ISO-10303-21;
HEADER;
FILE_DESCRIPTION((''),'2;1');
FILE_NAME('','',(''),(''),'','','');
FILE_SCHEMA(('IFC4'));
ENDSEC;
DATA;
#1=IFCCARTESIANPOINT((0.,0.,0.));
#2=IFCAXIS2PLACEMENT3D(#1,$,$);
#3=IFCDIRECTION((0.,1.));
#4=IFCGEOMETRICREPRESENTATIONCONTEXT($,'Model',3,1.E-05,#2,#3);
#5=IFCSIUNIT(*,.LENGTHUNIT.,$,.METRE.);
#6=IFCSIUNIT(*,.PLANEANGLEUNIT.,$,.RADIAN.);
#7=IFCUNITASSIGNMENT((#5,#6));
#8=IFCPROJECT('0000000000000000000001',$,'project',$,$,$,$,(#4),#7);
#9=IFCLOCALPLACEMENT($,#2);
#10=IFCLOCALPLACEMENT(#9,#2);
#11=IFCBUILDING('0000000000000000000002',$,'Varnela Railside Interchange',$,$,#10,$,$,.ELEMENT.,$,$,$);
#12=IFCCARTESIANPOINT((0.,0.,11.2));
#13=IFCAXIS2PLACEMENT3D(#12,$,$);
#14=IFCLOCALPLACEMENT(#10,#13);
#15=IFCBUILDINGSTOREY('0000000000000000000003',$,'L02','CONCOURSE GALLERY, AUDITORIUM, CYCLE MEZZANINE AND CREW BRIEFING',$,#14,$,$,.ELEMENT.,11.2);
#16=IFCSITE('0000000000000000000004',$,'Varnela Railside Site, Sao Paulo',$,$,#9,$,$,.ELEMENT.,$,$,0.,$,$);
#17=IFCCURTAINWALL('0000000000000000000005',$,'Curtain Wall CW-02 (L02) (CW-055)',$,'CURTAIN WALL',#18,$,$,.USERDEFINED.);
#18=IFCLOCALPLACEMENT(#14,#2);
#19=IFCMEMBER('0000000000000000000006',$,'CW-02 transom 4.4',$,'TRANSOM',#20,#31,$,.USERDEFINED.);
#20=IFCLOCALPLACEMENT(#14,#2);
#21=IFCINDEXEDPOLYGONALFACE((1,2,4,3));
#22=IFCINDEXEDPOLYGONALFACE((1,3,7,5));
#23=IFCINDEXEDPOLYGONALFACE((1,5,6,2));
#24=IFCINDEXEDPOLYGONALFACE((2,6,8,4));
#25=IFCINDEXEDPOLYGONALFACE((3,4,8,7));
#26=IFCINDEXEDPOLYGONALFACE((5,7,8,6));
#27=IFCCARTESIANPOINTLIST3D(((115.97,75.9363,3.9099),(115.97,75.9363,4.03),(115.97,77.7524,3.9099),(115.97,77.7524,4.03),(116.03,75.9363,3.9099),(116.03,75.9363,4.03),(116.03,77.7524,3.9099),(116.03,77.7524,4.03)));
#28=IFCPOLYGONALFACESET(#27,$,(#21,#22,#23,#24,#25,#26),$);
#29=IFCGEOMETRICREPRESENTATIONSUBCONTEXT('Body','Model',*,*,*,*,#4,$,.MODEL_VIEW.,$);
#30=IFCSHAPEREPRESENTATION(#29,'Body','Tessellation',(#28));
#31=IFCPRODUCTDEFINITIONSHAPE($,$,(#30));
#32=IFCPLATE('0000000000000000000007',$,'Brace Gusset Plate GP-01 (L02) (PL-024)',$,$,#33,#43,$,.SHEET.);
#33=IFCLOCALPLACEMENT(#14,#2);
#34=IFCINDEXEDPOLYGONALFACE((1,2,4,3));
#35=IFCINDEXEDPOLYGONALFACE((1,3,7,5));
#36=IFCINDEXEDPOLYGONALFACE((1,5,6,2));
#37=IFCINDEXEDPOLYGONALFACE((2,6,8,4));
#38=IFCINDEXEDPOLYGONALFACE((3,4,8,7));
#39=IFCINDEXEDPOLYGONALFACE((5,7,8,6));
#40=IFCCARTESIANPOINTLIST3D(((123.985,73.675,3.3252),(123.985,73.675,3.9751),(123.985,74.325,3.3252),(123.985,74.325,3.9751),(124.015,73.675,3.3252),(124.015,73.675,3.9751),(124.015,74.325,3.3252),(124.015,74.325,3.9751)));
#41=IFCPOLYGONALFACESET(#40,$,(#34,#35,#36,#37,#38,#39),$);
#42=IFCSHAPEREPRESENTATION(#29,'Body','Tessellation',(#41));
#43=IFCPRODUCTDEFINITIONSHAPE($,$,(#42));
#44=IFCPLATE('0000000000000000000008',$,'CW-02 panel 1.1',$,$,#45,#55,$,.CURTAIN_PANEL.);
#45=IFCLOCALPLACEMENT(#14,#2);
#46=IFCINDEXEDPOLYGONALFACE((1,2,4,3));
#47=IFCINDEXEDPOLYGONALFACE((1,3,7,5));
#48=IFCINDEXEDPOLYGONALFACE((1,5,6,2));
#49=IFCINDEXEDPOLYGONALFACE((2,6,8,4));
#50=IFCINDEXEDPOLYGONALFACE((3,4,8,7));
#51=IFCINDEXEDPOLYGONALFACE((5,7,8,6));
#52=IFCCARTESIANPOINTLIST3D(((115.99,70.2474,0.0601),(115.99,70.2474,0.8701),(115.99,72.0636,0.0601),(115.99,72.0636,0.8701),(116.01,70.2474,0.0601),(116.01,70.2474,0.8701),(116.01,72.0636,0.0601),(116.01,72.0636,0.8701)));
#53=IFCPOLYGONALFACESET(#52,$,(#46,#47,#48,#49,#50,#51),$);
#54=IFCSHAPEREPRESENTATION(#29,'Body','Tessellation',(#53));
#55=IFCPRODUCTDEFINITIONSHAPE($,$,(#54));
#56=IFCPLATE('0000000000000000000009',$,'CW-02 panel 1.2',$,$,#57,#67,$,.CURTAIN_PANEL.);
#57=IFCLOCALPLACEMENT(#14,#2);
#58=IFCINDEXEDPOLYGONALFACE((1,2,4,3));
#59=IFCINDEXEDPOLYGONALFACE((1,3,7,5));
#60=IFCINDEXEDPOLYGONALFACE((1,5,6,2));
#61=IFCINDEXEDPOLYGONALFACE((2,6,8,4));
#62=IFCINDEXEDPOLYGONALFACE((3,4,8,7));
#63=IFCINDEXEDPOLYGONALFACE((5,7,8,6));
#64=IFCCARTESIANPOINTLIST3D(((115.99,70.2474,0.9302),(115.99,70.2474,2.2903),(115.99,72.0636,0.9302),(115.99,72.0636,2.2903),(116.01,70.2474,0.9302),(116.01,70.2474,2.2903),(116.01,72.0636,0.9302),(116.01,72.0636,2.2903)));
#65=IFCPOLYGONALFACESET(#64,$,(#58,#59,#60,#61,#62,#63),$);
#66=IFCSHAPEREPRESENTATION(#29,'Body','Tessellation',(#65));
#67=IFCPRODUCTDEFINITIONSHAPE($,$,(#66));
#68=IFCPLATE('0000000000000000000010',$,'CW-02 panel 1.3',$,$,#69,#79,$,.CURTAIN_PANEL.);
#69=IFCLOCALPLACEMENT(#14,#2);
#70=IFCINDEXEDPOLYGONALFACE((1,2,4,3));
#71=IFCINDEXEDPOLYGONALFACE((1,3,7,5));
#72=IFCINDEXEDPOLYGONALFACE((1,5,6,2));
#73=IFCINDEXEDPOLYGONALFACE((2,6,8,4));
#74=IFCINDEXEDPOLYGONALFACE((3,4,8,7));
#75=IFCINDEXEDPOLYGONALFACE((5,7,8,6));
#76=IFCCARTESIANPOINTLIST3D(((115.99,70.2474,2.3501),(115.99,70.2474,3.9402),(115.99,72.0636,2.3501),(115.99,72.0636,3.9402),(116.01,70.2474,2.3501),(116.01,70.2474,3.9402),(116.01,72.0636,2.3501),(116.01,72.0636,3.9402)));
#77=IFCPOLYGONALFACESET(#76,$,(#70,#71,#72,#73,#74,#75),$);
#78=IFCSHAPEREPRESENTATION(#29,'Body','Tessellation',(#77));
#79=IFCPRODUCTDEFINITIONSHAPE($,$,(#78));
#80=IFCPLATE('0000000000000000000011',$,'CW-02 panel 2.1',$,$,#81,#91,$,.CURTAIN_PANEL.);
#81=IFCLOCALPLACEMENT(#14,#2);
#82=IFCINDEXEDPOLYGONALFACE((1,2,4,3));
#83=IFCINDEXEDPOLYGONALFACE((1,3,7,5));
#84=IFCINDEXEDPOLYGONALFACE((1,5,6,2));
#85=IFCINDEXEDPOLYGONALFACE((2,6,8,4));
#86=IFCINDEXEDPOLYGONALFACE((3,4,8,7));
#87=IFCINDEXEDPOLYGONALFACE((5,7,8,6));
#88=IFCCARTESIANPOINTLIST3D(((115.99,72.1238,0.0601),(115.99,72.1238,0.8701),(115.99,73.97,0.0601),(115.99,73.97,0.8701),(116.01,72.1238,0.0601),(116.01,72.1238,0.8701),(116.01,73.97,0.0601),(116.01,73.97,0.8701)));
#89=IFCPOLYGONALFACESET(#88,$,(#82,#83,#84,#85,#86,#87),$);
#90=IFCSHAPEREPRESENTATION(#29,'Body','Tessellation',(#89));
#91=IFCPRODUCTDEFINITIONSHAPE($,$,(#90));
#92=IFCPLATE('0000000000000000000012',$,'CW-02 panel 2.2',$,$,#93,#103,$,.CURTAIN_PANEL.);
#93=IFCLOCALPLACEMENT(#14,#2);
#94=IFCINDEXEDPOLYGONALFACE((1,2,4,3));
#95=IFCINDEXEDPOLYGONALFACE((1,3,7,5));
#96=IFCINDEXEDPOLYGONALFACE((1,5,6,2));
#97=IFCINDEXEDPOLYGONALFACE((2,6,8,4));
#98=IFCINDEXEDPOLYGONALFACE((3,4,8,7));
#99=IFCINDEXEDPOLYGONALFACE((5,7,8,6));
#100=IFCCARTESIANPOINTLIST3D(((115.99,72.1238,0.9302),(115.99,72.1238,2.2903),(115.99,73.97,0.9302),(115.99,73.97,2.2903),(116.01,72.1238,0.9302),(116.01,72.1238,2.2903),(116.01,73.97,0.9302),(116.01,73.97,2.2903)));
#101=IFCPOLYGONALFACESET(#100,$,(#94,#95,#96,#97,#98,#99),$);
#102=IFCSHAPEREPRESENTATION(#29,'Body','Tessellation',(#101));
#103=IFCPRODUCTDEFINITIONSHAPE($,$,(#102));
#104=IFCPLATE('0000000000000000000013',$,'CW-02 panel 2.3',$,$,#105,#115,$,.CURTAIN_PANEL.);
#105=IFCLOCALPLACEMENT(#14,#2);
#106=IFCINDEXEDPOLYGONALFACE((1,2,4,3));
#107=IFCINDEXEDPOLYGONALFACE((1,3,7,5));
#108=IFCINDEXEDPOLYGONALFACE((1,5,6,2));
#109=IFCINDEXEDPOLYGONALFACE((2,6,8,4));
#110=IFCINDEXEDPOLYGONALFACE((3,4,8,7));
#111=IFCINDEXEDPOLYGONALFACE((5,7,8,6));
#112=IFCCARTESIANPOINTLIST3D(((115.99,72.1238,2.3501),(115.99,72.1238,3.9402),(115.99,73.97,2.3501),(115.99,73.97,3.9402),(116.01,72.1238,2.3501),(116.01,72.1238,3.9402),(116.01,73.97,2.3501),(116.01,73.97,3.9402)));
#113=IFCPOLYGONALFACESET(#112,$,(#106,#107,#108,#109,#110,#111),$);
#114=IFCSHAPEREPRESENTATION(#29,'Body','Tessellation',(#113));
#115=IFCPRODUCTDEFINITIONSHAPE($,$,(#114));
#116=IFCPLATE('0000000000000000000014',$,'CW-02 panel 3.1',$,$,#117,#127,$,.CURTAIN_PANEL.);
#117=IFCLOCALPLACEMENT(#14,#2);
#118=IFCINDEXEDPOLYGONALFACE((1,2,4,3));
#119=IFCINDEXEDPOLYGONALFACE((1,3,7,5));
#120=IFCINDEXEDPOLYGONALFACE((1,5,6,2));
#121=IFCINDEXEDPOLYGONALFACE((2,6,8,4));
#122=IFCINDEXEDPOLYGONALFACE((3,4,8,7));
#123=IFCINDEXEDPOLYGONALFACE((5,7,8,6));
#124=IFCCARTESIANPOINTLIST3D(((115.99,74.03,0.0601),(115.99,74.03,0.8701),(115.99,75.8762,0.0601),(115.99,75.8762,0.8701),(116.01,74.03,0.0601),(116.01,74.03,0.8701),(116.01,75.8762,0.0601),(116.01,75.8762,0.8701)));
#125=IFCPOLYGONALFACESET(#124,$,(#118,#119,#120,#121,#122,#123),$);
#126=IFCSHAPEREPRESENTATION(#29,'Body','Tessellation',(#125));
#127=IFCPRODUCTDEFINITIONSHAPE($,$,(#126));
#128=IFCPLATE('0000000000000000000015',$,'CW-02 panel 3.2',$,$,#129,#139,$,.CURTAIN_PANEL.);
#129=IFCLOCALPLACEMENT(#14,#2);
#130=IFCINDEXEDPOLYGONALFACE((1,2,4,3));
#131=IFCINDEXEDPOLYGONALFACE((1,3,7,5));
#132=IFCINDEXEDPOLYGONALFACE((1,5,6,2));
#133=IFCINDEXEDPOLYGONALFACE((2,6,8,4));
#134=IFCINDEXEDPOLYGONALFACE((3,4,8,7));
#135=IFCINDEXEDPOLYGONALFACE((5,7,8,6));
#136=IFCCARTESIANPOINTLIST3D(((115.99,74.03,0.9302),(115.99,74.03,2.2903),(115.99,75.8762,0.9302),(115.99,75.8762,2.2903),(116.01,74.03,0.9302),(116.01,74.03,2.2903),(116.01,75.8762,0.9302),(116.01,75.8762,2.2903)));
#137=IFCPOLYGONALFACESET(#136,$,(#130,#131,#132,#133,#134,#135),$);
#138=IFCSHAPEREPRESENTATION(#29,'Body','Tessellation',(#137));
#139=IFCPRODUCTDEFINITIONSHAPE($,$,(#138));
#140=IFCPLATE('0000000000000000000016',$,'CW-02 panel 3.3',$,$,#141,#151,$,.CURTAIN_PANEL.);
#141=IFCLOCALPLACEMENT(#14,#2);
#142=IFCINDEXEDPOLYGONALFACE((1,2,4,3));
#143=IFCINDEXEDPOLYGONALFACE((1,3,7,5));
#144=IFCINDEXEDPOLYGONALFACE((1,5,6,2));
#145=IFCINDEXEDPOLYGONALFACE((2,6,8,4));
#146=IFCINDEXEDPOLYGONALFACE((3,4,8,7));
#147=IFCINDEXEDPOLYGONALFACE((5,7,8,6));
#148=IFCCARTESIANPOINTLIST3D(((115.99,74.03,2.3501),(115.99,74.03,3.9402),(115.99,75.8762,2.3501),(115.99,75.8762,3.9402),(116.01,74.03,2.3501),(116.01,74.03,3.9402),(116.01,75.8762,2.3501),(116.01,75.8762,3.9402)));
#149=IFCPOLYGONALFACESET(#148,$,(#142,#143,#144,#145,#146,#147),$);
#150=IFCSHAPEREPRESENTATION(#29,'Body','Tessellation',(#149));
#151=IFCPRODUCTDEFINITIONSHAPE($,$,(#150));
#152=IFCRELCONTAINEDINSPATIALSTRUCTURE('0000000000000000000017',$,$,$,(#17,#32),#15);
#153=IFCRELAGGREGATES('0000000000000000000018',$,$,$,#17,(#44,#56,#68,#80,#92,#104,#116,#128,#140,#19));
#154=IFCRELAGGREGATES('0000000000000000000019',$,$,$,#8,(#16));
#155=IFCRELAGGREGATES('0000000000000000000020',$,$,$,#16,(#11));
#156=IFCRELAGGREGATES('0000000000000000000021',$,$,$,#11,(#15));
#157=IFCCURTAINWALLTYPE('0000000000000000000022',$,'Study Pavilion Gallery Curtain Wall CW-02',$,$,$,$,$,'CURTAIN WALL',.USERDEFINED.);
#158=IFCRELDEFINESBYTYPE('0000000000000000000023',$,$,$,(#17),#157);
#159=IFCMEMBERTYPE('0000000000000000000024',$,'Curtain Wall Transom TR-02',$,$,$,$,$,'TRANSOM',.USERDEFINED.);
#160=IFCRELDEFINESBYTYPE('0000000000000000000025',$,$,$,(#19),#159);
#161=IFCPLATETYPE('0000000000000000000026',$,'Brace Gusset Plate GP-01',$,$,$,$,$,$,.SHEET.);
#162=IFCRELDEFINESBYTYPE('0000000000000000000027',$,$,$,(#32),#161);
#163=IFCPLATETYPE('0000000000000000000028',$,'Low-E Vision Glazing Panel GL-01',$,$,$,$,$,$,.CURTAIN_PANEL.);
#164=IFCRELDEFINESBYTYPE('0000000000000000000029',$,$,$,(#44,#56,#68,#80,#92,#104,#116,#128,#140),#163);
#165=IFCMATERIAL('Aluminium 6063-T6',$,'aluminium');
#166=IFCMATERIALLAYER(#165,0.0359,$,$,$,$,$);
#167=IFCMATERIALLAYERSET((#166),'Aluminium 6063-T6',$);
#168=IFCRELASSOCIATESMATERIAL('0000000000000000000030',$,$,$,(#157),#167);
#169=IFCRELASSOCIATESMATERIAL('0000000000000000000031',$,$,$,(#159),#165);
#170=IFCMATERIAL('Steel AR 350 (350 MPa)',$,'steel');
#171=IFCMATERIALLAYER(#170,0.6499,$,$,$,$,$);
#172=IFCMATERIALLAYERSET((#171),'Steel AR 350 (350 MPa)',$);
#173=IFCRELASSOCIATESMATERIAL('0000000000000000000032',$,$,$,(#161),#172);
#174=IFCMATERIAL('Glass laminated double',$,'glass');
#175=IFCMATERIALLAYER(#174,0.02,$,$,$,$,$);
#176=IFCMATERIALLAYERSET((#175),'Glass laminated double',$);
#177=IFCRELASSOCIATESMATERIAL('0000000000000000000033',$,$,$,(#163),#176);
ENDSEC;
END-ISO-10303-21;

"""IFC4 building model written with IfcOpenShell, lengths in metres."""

from ifc_helpers import new_model, si_unit, direction, frame, origin, origin_2d, place, context, subcontext, project, spatial, rectangle, extrude, material, layer, layer_set, material_profile, profile_set, type_object, element, aggregate, save


model = new_model("IFC4")

# Units and contexts
model_context = context("Model", 3, precision=1e-05, world=origin(), true_north=direction((0.0, 1.0)))
body_context = subcontext(model_context, "Body", "Model", "MODEL_VIEW")
ifc_project = project(units=[si_unit("LENGTHUNIT", "METRE"), si_unit("PLANEANGLEUNIT", "RADIAN")], contexts=[model_context])

# Site, building, storey
site_placement = place(None, origin())
site = spatial("IfcSite", under=ifc_project, at=site_placement, Name="Varnela Railside Site, Sao Paulo", CompositionType="ELEMENT", RefElevation=0.0)
building_placement = place(site_placement, origin())
building = spatial("IfcBuilding", under=site, at=building_placement, Name="Varnela Railside Interchange", CompositionType="ELEMENT")
storey_placement = place(building_placement, frame((0.0, 0.0, 11.2)))
storey = spatial("IfcBuildingStorey", under=building, at=storey_placement, Name="L02", Description="CONCOURSE GALLERY, AUDITORIUM, CYCLE MEZZANINE AND CREW BRIEFING", CompositionType="ELEMENT", Elevation=11.2)

# Curtain wall, member
ifc_material_1 = material(Name="Aluminium 6063-T6", Category="aluminium")
ifc_layer_1 = layer(ifc_material_1, 0.0359)
ifc_layer_set_1 = layer_set([ifc_layer_1], Name="Aluminium 6063-T6")
curtain_wall_type = type_object("IfcCurtainWallType", Name="Study Pavilion Gallery Curtain Wall CW-02", ElementType="CURTAIN WALL", PredefinedType="USERDEFINED", material=ifc_layer_set_1)
curtain_wall_placement = place(storey_placement, origin())
curtain_wall = element("IfcCurtainWall", 1, at=curtain_wall_placement, inside=storey, type_object=curtain_wall_type, Name="Curtain Wall CW-02 (L02) (CW-055)", ObjectType="CURTAIN WALL", PredefinedType="USERDEFINED")
ifc_material_profile_1 = material_profile(ifc_material_1, rectangle(XDim=0.0601, YDim=0.1201, at=origin_2d()), Name="ALU 60x120")
ifc_profile_set_1 = profile_set([ifc_material_profile_1], Name="Aluminium 6063-T6")
member_type_1 = type_object("IfcMemberType", Name="Curtain Wall Transom TR-02", ElementType="TRANSOM", PredefinedType="USERDEFINED", material=ifc_profile_set_1)
member_1_placement = place(storey_placement, frame((116.0, 75.9363, 3.97), z_axis=(0.0, 1.0, 0.0), x_axis=(-1.0, 0.0, 0.0)))
member_1 = element("IfcMember", 2, at=member_1_placement, type_object=member_type_1, Name="CW-02 transom 4.4", ObjectType="TRANSOM", PredefinedType="USERDEFINED", context=body_context, shape_type="SweptSolid", body=[
    extrude(rectangle(XDim=0.0601, YDim=0.1201, at=origin_2d()), origin(), (0.0, 0.0, 1.0), 1.8162),
])

# Plates
ifc_material_2 = material(Name="Steel AR 350 (350 MPa)", Category="steel")
ifc_layer_2 = layer(ifc_material_2, 0.6499)
ifc_layer_set_2 = layer_set([ifc_layer_2], Name="Steel AR 350 (350 MPa)")
plate_type_1 = type_object("IfcPlateType", Name="Brace Gusset Plate GP-01", PredefinedType="SHEET", material=ifc_layer_set_2)
plate_1_placement = place(storey_placement, frame((124.0, 74.0, 3.3252), z_axis=(0.0, 0.0, 1.0), x_axis=(0.0, 1.0, 0.0)))
element("IfcPlate", 3, at=plate_1_placement, inside=storey, type_object=plate_type_1, Name="Brace Gusset Plate GP-01 (L02) (PL-024)", PredefinedType="SHEET", context=body_context, shape_type="SweptSolid", body=[
    extrude(rectangle(XDim=0.6499, YDim=0.03, at=origin_2d()), origin(), (0.0, 0.0, 1.0), 0.6499),
])
ifc_material_3 = material(Name="Glass laminated double", Category="glass")
ifc_layer_3 = layer(ifc_material_3, 0.02)
ifc_layer_set_3 = layer_set([ifc_layer_3], Name="Glass laminated double")
plate_type_2 = type_object("IfcPlateType", Name="Low-E Vision Glazing Panel GL-01", PredefinedType="CURTAIN_PANEL", material=ifc_layer_set_3)
plate_2_placement = place(storey_placement, frame((116.0, 71.1555, 0.0601), z_axis=(0.0, 0.0, 1.0), x_axis=(0.0, 1.0, 0.0)))
plate_2 = element("IfcPlate", 4, at=plate_2_placement, type_object=plate_type_2, Name="CW-02 panel 1.1", PredefinedType="CURTAIN_PANEL", context=body_context, shape_type="SweptSolid", body=[
    extrude(rectangle(XDim=1.8162, YDim=0.02, at=origin_2d()), origin(), (0.0, 0.0, 1.0), 0.8101),
])
plate_3_placement = place(storey_placement, frame((116.0, 71.1555, 0.9302), z_axis=(0.0, 0.0, 1.0), x_axis=(0.0, 1.0, 0.0)))
plate_3 = element("IfcPlate", 5, at=plate_3_placement, type_object=plate_type_2, Name="CW-02 panel 1.2", PredefinedType="CURTAIN_PANEL", context=body_context, shape_type="SweptSolid", body=[
    extrude(rectangle(XDim=1.8162, YDim=0.02, at=origin_2d()), origin(), (0.0, 0.0, 1.0), 1.3601),
])
plate_4_placement = place(storey_placement, frame((116.0, 71.1555, 2.3501), z_axis=(0.0, 0.0, 1.0), x_axis=(0.0, 1.0, 0.0)))
plate_4 = element("IfcPlate", 6, at=plate_4_placement, type_object=plate_type_2, Name="CW-02 panel 1.3", PredefinedType="CURTAIN_PANEL", context=body_context, shape_type="SweptSolid", body=[
    extrude(rectangle(XDim=1.8162, YDim=0.02, at=origin_2d()), origin(), (0.0, 0.0, 1.0), 1.5901),
])
plate_5_placement = place(storey_placement, frame((116.0, 73.0469, 0.0601), z_axis=(0.0, 0.0, 1.0), x_axis=(0.0, 1.0, 0.0)))
plate_5 = element("IfcPlate", 7, at=plate_5_placement, type_object=plate_type_2, Name="CW-02 panel 2.1", PredefinedType="CURTAIN_PANEL", context=body_context, shape_type="SweptSolid", body=[
    extrude(rectangle(XDim=1.8462, YDim=0.02, at=origin_2d()), origin(), (0.0, 0.0, 1.0), 0.8101),
])
plate_6_placement = place(storey_placement, frame((116.0, 73.0469, 0.9302), z_axis=(0.0, 0.0, 1.0), x_axis=(0.0, 1.0, 0.0)))
plate_6 = element("IfcPlate", 8, at=plate_6_placement, type_object=plate_type_2, Name="CW-02 panel 2.2", PredefinedType="CURTAIN_PANEL", context=body_context, shape_type="SweptSolid", body=[
    extrude(rectangle(XDim=1.8462, YDim=0.02, at=origin_2d()), origin(), (0.0, 0.0, 1.0), 1.3601),
])
plate_7_placement = place(storey_placement, frame((116.0, 73.0469, 2.3501), z_axis=(0.0, 0.0, 1.0), x_axis=(0.0, 1.0, 0.0)))
plate_7 = element("IfcPlate", 9, at=plate_7_placement, type_object=plate_type_2, Name="CW-02 panel 2.3", PredefinedType="CURTAIN_PANEL", context=body_context, shape_type="SweptSolid", body=[
    extrude(rectangle(XDim=1.8462, YDim=0.02, at=origin_2d()), origin(), (0.0, 0.0, 1.0), 1.5901),
])
plate_8_placement = place(storey_placement, frame((116.0, 74.9531, 0.0601), z_axis=(0.0, 0.0, 1.0), x_axis=(0.0, 1.0, 0.0)))
plate_8 = element("IfcPlate", 10, at=plate_8_placement, type_object=plate_type_2, Name="CW-02 panel 3.1", PredefinedType="CURTAIN_PANEL", context=body_context, shape_type="SweptSolid", body=[
    extrude(rectangle(XDim=1.8462, YDim=0.02, at=origin_2d()), origin(), (0.0, 0.0, 1.0), 0.8101),
])
plate_9_placement = place(storey_placement, frame((116.0, 74.9531, 0.9302), z_axis=(0.0, 0.0, 1.0), x_axis=(0.0, 1.0, 0.0)))
plate_9 = element("IfcPlate", 11, at=plate_9_placement, type_object=plate_type_2, Name="CW-02 panel 3.2", PredefinedType="CURTAIN_PANEL", context=body_context, shape_type="SweptSolid", body=[
    extrude(rectangle(XDim=1.8462, YDim=0.02, at=origin_2d()), origin(), (0.0, 0.0, 1.0), 1.3601),
])
plate_10_placement = place(storey_placement, frame((116.0, 74.9531, 2.3501), z_axis=(0.0, 0.0, 1.0), x_axis=(0.0, 1.0, 0.0)))
plate_10 = element("IfcPlate", 12, at=plate_10_placement, type_object=plate_type_2, Name="CW-02 panel 3.3", PredefinedType="CURTAIN_PANEL", context=body_context, shape_type="SweptSolid", body=[
    extrude(rectangle(XDim=1.8462, YDim=0.02, at=origin_2d()), origin(), (0.0, 0.0, 1.0), 1.5901),
])
aggregate(curtain_wall, [plate_2, plate_3, plate_4, plate_5, plate_6, plate_7, plate_8, plate_9, plate_10, member_1])

save(model, "model.ifc")
